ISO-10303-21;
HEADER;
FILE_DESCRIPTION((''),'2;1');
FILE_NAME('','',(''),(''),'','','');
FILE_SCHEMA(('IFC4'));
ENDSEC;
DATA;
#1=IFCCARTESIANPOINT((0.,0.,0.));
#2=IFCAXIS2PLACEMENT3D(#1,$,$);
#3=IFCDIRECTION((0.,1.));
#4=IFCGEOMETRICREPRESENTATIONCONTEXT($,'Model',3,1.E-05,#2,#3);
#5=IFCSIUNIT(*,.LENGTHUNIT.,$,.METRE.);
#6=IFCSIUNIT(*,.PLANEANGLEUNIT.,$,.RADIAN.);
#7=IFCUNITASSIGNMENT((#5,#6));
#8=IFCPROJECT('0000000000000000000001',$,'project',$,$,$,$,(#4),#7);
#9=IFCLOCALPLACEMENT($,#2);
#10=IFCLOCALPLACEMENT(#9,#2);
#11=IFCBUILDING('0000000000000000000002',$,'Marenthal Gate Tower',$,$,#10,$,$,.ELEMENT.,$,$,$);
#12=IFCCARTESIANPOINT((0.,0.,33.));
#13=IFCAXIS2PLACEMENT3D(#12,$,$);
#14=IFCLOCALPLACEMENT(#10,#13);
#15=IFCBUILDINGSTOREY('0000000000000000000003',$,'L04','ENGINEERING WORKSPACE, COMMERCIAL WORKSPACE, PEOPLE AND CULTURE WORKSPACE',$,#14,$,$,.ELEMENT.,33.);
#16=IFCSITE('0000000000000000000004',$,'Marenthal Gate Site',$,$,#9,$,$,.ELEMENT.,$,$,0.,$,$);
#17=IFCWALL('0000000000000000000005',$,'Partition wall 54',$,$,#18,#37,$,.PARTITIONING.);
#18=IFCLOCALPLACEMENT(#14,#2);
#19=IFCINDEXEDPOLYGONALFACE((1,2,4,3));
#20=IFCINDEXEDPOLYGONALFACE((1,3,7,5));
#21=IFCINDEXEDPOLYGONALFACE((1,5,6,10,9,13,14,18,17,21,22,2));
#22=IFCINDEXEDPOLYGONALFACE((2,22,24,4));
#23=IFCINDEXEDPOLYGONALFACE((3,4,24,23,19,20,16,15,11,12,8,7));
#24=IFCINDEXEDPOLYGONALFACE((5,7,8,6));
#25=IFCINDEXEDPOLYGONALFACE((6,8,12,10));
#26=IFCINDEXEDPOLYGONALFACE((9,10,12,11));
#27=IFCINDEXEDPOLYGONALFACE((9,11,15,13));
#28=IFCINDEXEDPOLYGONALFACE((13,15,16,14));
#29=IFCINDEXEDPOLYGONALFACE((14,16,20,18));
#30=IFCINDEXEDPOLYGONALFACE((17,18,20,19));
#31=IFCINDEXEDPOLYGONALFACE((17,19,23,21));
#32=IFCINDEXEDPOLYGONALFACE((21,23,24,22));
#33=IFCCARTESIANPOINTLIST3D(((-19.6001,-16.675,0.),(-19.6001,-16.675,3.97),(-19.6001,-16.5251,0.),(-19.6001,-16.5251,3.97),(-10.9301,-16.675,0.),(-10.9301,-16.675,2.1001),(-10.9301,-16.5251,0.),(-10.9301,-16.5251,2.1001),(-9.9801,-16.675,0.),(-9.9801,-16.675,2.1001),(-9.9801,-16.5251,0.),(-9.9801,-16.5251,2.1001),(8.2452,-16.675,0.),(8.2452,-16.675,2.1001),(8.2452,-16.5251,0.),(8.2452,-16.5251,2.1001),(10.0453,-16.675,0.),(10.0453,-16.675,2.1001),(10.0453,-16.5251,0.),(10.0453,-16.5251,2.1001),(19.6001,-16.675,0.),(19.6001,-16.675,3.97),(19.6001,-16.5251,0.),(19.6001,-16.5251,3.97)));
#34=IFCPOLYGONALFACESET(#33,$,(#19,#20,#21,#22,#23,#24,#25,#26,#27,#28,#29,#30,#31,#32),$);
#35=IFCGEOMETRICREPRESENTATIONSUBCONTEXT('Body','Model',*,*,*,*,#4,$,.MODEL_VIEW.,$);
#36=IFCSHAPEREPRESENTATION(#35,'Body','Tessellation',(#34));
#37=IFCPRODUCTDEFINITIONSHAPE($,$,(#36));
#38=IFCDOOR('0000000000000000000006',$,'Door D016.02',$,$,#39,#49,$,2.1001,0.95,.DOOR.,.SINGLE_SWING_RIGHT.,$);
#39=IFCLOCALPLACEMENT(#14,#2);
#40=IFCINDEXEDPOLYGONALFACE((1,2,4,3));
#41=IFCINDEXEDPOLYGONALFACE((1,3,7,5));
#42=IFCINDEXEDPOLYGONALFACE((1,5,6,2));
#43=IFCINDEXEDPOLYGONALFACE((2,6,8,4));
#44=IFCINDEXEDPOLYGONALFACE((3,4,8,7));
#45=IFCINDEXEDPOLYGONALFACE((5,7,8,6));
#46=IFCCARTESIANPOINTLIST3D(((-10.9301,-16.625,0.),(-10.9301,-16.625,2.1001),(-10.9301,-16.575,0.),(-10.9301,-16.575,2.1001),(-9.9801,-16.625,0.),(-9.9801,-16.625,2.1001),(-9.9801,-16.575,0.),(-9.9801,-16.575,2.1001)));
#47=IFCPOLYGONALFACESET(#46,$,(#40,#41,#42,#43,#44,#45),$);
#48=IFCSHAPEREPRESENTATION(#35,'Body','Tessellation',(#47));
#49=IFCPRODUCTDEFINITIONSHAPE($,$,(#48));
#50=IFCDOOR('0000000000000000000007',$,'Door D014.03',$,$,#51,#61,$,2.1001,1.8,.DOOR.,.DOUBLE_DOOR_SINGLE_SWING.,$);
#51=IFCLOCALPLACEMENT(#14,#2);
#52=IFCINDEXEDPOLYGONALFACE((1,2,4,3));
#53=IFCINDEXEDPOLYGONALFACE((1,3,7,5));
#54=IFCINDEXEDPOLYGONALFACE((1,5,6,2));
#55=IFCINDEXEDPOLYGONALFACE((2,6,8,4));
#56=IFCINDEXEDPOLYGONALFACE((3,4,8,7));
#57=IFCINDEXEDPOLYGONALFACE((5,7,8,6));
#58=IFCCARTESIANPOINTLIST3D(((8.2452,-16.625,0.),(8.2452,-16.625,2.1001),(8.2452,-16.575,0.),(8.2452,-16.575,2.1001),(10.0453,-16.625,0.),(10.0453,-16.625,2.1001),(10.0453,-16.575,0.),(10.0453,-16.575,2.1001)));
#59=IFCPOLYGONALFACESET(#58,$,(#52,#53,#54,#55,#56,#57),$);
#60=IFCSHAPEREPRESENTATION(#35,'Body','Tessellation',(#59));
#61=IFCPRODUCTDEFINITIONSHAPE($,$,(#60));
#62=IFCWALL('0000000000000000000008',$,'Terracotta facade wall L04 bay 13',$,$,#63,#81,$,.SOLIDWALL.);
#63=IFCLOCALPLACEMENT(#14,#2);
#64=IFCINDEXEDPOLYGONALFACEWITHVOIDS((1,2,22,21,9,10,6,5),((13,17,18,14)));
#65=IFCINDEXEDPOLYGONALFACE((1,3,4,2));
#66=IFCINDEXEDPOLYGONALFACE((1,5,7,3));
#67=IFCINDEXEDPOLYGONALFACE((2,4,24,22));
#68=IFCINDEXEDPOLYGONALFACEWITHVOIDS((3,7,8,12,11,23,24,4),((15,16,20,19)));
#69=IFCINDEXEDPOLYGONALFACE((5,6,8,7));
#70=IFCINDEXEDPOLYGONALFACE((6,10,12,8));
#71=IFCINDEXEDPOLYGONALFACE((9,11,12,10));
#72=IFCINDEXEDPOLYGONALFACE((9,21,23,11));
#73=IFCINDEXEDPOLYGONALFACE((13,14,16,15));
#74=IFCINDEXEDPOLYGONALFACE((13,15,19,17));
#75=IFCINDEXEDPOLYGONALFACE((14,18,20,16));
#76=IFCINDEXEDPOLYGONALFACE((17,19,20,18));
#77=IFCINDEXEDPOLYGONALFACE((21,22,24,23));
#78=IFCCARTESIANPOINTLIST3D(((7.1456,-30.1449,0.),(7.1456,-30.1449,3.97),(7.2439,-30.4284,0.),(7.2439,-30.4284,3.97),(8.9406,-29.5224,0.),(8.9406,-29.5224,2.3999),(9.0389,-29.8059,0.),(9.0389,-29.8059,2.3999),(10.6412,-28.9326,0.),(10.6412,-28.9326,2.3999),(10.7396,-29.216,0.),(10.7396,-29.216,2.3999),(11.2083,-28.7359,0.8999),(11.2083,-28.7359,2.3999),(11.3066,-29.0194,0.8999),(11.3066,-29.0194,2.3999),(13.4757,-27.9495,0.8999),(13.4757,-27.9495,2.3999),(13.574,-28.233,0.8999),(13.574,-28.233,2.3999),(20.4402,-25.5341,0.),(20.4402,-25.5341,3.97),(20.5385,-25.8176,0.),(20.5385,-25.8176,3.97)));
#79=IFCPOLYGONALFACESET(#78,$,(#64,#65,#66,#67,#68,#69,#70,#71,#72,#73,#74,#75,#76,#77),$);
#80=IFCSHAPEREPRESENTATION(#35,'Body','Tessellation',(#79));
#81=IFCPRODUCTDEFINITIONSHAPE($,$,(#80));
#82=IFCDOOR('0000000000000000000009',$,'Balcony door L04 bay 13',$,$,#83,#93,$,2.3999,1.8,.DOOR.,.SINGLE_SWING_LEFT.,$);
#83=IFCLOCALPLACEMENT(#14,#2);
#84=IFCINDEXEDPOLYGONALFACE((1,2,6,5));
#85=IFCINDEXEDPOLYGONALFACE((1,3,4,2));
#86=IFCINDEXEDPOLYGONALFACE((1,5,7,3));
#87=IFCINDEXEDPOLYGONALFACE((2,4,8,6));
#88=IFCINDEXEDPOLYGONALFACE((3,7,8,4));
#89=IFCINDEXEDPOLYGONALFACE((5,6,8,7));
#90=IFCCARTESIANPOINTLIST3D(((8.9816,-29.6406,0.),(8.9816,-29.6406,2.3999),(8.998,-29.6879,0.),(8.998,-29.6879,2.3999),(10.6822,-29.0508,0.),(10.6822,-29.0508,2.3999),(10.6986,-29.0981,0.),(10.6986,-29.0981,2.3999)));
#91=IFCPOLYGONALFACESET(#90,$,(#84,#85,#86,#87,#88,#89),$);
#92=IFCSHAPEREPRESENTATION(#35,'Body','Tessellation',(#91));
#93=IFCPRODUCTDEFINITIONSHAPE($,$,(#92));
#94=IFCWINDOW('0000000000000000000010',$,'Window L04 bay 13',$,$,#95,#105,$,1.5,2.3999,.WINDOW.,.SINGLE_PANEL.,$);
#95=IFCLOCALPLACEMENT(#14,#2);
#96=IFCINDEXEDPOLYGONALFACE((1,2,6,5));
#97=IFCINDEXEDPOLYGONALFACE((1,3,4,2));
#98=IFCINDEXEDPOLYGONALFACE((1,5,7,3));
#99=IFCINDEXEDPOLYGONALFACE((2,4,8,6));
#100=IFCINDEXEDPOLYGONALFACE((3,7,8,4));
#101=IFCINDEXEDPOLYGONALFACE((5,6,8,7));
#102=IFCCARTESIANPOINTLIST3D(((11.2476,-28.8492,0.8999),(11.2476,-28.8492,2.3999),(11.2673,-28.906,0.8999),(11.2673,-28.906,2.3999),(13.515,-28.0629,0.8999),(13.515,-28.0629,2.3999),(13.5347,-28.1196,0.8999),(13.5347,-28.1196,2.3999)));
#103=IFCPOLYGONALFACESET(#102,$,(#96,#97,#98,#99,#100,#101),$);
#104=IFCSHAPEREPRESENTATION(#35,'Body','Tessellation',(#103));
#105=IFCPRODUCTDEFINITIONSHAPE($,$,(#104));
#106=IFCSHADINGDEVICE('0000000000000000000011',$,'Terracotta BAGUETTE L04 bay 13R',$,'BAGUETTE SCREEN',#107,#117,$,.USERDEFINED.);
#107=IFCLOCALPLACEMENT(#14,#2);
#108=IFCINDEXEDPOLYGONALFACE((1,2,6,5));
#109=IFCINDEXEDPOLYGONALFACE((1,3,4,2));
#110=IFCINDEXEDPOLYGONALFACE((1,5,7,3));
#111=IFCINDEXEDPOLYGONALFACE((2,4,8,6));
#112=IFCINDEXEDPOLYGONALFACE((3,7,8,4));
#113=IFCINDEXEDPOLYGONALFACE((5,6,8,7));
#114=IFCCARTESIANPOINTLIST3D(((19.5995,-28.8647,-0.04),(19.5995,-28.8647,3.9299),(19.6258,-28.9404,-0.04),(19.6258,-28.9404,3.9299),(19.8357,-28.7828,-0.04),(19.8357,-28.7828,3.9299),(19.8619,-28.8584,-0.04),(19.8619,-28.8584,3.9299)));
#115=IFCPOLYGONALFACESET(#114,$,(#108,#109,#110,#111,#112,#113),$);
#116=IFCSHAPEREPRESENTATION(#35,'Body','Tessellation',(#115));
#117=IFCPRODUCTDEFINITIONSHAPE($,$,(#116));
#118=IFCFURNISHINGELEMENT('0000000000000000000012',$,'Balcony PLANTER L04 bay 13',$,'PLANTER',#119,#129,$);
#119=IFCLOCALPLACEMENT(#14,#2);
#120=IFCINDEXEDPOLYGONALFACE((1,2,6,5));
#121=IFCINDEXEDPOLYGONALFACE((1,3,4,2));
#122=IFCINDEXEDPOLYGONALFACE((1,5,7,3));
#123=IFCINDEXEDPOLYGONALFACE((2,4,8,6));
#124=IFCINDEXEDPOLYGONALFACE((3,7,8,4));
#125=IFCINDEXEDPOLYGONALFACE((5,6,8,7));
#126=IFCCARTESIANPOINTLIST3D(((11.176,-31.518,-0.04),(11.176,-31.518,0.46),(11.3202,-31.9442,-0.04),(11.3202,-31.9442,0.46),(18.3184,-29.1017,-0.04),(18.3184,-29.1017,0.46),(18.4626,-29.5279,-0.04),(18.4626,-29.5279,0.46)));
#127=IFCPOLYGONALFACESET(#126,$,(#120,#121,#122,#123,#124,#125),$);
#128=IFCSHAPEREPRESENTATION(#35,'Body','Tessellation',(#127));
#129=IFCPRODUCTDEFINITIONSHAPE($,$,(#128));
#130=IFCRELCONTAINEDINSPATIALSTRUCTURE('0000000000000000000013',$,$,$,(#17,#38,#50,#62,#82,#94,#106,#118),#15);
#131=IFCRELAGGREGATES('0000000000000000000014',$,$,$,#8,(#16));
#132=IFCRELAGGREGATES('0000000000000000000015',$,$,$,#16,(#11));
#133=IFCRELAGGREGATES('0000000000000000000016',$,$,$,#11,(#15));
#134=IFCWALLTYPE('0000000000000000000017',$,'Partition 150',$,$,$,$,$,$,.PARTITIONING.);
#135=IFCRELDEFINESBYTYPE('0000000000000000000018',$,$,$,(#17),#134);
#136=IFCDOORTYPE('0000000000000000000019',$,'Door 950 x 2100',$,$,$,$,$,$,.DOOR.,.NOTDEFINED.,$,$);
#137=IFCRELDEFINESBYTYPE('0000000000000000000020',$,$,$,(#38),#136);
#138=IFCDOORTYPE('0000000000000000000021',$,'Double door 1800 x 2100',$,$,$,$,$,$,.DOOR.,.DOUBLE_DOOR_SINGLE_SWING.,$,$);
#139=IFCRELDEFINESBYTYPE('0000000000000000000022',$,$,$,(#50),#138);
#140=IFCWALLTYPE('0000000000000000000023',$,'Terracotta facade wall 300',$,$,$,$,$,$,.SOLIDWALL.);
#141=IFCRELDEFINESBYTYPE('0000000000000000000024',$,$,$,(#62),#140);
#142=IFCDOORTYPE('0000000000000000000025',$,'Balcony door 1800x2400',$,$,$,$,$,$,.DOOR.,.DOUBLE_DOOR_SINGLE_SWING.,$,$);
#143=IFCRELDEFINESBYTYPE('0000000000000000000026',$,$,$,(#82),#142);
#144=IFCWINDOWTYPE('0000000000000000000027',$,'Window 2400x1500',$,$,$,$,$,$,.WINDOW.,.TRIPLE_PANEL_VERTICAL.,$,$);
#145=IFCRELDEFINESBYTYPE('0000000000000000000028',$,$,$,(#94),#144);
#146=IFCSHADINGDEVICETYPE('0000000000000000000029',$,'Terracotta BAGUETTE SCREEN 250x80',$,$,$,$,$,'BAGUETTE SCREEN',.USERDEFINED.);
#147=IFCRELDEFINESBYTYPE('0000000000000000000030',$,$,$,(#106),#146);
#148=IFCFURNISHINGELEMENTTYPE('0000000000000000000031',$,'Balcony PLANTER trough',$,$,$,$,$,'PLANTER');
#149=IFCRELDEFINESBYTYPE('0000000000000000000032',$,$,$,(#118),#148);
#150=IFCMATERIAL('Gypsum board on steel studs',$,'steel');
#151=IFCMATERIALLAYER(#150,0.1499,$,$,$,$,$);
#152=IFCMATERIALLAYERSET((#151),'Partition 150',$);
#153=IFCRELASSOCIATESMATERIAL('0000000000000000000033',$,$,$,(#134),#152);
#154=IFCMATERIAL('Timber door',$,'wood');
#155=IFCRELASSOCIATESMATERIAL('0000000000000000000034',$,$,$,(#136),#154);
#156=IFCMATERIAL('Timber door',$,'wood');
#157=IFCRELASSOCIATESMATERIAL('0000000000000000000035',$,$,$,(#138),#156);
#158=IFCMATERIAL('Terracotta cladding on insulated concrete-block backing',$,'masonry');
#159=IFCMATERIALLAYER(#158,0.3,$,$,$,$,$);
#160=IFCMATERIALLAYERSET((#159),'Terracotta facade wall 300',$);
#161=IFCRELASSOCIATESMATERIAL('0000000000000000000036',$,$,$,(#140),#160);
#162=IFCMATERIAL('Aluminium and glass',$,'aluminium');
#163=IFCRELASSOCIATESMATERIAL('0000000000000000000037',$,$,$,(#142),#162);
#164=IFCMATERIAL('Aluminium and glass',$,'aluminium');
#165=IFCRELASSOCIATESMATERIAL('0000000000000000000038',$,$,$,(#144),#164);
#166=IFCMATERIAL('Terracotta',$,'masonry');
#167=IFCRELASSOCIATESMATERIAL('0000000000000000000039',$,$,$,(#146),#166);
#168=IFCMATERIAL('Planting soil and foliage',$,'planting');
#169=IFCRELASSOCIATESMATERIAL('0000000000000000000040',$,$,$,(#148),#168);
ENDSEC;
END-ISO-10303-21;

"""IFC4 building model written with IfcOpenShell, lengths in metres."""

from ifc_helpers import new_model, si_unit, direction, frame, frame_2d, origin, origin_2d, place, context, subcontext, project, spatial, rectangle, extrude, material, layer, layer_set, material_profile, profile_set, type_object, element, fill, save


model = new_model("IFC4")

# Units and contexts
model_context = context("Model", 3, precision=1e-05, world=origin(), true_north=direction((0.0, 1.0)))
body_context = subcontext(model_context, "Body", "Model", "MODEL_VIEW")
ifc_project = project(units=[si_unit("LENGTHUNIT", "METRE"), si_unit("PLANEANGLEUNIT", "RADIAN")], contexts=[model_context])

# Site, building, storey
site_placement = place(None, origin())
site = spatial("IfcSite", under=ifc_project, at=site_placement, Name="Marenthal Gate Site", CompositionType="ELEMENT", RefElevation=0.0)
building_placement = place(site_placement, origin())
building = spatial("IfcBuilding", under=site, at=building_placement, Name="Marenthal Gate Tower", CompositionType="ELEMENT")
storey_placement = place(building_placement, frame((0.0, 0.0, 33.0)))
storey = spatial("IfcBuildingStorey", under=building, at=storey_placement, Name="L04", Description="ENGINEERING WORKSPACE, COMMERCIAL WORKSPACE, PEOPLE AND CULTURE WORKSPACE", CompositionType="ELEMENT", Elevation=33.0)

# Wall, openings, doors
ifc_material_1 = material(Name="Gypsum board on steel studs", Category="steel")
ifc_layer_1 = layer(ifc_material_1, 0.1499)
ifc_layer_set_1 = layer_set([ifc_layer_1], Name="Partition 150")
wall_type_1 = type_object("IfcWallType", Name="Partition 150", PredefinedType="PARTITIONING", material=ifc_layer_set_1)
wall_1_placement = place(storey_placement, frame((19.6001, -16.6001, 0.0), z_axis=(0.0, 0.0, 1.0), x_axis=(-1.0, 0.0, 0.0)))
wall_1 = element("IfcWall", 1, at=wall_1_placement, inside=storey, type_object=wall_type_1, Name="Partition wall 54", PredefinedType="PARTITIONING", context=body_context, shape_type="SweptSolid", body=[
    extrude(rectangle(XDim=39.2002, YDim=0.1499, at=frame_2d((19.6001, 0.0))), origin(), (0.0, 0.0, 1.0), 3.97),
])
opening_1_placement = place(wall_1_placement, frame((29.5801, 0.0, 0.0)))
opening_1 = element("IfcOpeningElement", 2, at=opening_1_placement, cuts=wall_1, PredefinedType="OPENING", context=body_context, shape_type="SweptSolid", body=[
    extrude(rectangle(XDim=0.95, YDim=2.1001, at=frame_2d((0.4751, 1.05))), frame((0.0, 0.085, 0.0), z_axis=(0.0, -1.0, 0.0), x_axis=(1.0, 0.0, 0.0)), (0.0, 0.0, 1.0), 0.1699),
])
opening_2_placement = place(wall_1_placement, frame((9.5549, 0.0, 0.0)))
opening_2 = element("IfcOpeningElement", 3, at=opening_2_placement, cuts=wall_1, PredefinedType="OPENING", context=body_context, shape_type="SweptSolid", body=[
    extrude(rectangle(XDim=1.8, YDim=2.1001, at=frame_2d((0.8999, 1.05))), frame((0.0, 0.085, 0.0), z_axis=(0.0, -1.0, 0.0), x_axis=(1.0, 0.0, 0.0)), (0.0, 0.0, 1.0), 0.1699),
])
ifc_material_2 = material(Name="Timber door", Category="wood")
door_type_1 = type_object("IfcDoorType", Name="Door 950 x 2100", OperationType="NOTDEFINED", PredefinedType="DOOR", material=ifc_material_2)
door_1_placement = place(opening_1_placement, origin())
door_1 = element("IfcDoor", 4, at=door_1_placement, inside=storey, type_object=door_type_1, Name="Door D016.02", OperationType="SINGLE_SWING_RIGHT", OverallHeight=2.1001, OverallWidth=0.95, PredefinedType="DOOR", context=body_context, shape_type="SweptSolid", body=[
    extrude(rectangle(XDim=0.95, YDim=2.1001, at=frame_2d((0.4751, 1.05))), frame((0.0, 0.0249, 0.0), z_axis=(0.0, -1.0, 0.0), x_axis=(1.0, 0.0, 0.0)), (0.0, 0.0, 1.0), 0.05),
])
fill(opening_1, door_1)
ifc_material_3 = material(Name="Timber door", Category="wood")
door_type_2 = type_object("IfcDoorType", Name="Double door 1800 x 2100", OperationType="DOUBLE_DOOR_SINGLE_SWING", PredefinedType="DOOR", material=ifc_material_3)
door_2_placement = place(opening_2_placement, origin())
door_2 = element("IfcDoor", 5, at=door_2_placement, inside=storey, type_object=door_type_2, Name="Door D014.03", OperationType="DOUBLE_DOOR_SINGLE_SWING", OverallHeight=2.1001, OverallWidth=1.8, PredefinedType="DOOR", context=body_context, shape_type="SweptSolid", body=[
    extrude(rectangle(XDim=1.8, YDim=2.1001, at=frame_2d((0.8999, 1.05))), frame((0.0, 0.0249, 0.0), z_axis=(0.0, -1.0, 0.0), x_axis=(1.0, 0.0, 0.0)), (0.0, 0.0, 1.0), 0.05),
])
fill(opening_2, door_2)

# Wall, openings, door, window
ifc_material_4 = material(Name="Terracotta cladding on insulated concrete-block backing", Category="masonry")
ifc_layer_2 = layer(ifc_material_4, 0.3)
ifc_layer_set_2 = layer_set([ifc_layer_2], Name="Terracotta facade wall 300")
wall_type_2 = type_object("IfcWallType", Name="Terracotta facade wall 300", PredefinedType="SOLIDWALL", material=ifc_layer_set_2)
wall_2_placement = place(storey_placement, frame((7.1948, -30.2866, 0.0), z_axis=(0.0, 0.0, 1.0), x_axis=(0.944792, 0.327671, 0.0)))
wall_2 = element("IfcWall", 6, at=wall_2_placement, inside=storey, type_object=wall_type_2, Name="Terracotta facade wall L04 bay 13", PredefinedType="SOLIDWALL", context=body_context, shape_type="SweptSolid", body=[
    extrude(rectangle(XDim=14.0715, YDim=0.3, at=frame_2d((7.0356, 0.0))), origin(), (0.0, 0.0, 1.0), 3.97),
])
opening_3_placement = place(wall_2_placement, frame((1.8999, 0.0, 0.0)))
opening_3 = element("IfcOpeningElement", 7, at=opening_3_placement, cuts=wall_2, PredefinedType="OPENING", context=body_context, shape_type="SweptSolid", body=[
    extrude(rectangle(XDim=1.8, YDim=2.3999, at=frame_2d((0.8999, 1.2))), frame((0.0, 0.1602, 0.0), z_axis=(0.0, -1.0, 0.0), x_axis=(1.0, 0.0, 0.0)), (0.0, 0.0, 1.0), 0.3201),
])
opening_4_placement = place(wall_2_placement, frame((4.3, 0.0, 0.8999)))
opening_4 = element("IfcOpeningElement", 8, at=opening_4_placement, cuts=wall_2, PredefinedType="OPENING", context=body_context, shape_type="SweptSolid", body=[
    extrude(rectangle(XDim=2.3999, YDim=1.5, at=frame_2d((1.2, 0.75))), frame((0.0, 0.1602, 0.0), z_axis=(0.0, -1.0, 0.0), x_axis=(1.0, 0.0, 0.0)), (0.0, 0.0, 1.0), 0.3201),
])
ifc_material_5 = material(Name="Aluminium and glass", Category="aluminium")
door_type_3 = type_object("IfcDoorType", Name="Balcony door 1800x2400", OperationType="DOUBLE_DOOR_SINGLE_SWING", PredefinedType="DOOR", material=ifc_material_5)
door_3_placement = place(opening_3_placement, origin())
door_3 = element("IfcDoor", 9, at=door_3_placement, inside=storey, type_object=door_type_3, Name="Balcony door L04 bay 13", OperationType="SINGLE_SWING_LEFT", OverallHeight=2.3999, OverallWidth=1.8, PredefinedType="DOOR", context=body_context, shape_type="SweptSolid", body=[
    extrude(rectangle(XDim=1.8, YDim=2.3999, at=frame_2d((0.8999, 1.2))), frame((0.0, 0.0249, 0.0), z_axis=(0.0, -1.0, 0.0), x_axis=(1.0, 0.0, 0.0)), (0.0, 0.0, 1.0), 0.05),
])
fill(opening_3, door_3)
ifc_material_6 = material(Name="Aluminium and glass", Category="aluminium")
window_type = type_object("IfcWindowType", Name="Window 2400x1500", PartitioningType="TRIPLE_PANEL_VERTICAL", PredefinedType="WINDOW", material=ifc_material_6)
window_placement = place(opening_4_placement, origin())
window = element("IfcWindow", 10, at=window_placement, inside=storey, type_object=window_type, Name="Window L04 bay 13", OverallHeight=1.5, OverallWidth=2.3999, PartitioningType="SINGLE_PANEL", PredefinedType="WINDOW", context=body_context, shape_type="SweptSolid", body=[
    extrude(rectangle(XDim=2.3999, YDim=1.5, at=frame_2d((1.2, 0.75))), frame((0.0, 0.03, 0.0), z_axis=(0.0, -1.0, 0.0), x_axis=(1.0, 0.0, 0.0)), (0.0, 0.0, 1.0), 0.0601),
])
fill(opening_4, window)

# Shading device
ifc_material_7 = material(Name="Terracotta", Category="masonry")
ifc_material_profile_1 = material_profile(ifc_material_7, rectangle(XDim=0.25, YDim=0.0801, at=origin_2d()), Name="Terracotta baguette 250x80")
ifc_profile_set_1 = profile_set([ifc_material_profile_1], Name="Terracotta")
shading_device_type = type_object("IfcShadingDeviceType", Name="Terracotta BAGUETTE SCREEN 250x80", ElementType="BAGUETTE SCREEN", PredefinedType="USERDEFINED", material=ifc_profile_set_1)
shading_device_placement = place(storey_placement, frame((19.7307, -28.8616, -0.04), z_axis=(0.0, 0.0, 1.0), x_axis=(0.944708, 0.327912, 0.0)))
element("IfcShadingDevice", 11, at=shading_device_placement, inside=storey, type_object=shading_device_type, Name="Terracotta BAGUETTE L04 bay 13R", ObjectType="BAGUETTE SCREEN", PredefinedType="USERDEFINED", context=body_context, shape_type="SweptSolid", body=[
    extrude(rectangle(XDim=0.25, YDim=0.0801, at=origin_2d()), origin(), (0.0, 0.0, 1.0), 3.97),
])

# Furnishing element
ifc_material_8 = material(Name="Planting soil and foliage", Category="planting")
furnishing_element_type = type_object("IfcFurnishingElementType", Name="Balcony PLANTER trough", ElementType="PLANTER", material=ifc_material_8)
furnishing_placement = place(storey_placement, frame((14.8193, -30.5229, -0.04), z_axis=(0.0, 0.0, 1.0), x_axis=(0.947263, 0.320458, 0.0)))
element("IfcFurnishingElement", 12, at=furnishing_placement, inside=storey, type_object=furnishing_element_type, Name="Balcony PLANTER L04 bay 13", ObjectType="PLANTER", context=body_context, shape_type="SweptSolid", body=[
    extrude(rectangle(XDim=7.54, YDim=0.45, at=origin_2d()), origin(), (0.0, 0.0, 1.0), 0.5),
])

save(model, "model.ifc")
